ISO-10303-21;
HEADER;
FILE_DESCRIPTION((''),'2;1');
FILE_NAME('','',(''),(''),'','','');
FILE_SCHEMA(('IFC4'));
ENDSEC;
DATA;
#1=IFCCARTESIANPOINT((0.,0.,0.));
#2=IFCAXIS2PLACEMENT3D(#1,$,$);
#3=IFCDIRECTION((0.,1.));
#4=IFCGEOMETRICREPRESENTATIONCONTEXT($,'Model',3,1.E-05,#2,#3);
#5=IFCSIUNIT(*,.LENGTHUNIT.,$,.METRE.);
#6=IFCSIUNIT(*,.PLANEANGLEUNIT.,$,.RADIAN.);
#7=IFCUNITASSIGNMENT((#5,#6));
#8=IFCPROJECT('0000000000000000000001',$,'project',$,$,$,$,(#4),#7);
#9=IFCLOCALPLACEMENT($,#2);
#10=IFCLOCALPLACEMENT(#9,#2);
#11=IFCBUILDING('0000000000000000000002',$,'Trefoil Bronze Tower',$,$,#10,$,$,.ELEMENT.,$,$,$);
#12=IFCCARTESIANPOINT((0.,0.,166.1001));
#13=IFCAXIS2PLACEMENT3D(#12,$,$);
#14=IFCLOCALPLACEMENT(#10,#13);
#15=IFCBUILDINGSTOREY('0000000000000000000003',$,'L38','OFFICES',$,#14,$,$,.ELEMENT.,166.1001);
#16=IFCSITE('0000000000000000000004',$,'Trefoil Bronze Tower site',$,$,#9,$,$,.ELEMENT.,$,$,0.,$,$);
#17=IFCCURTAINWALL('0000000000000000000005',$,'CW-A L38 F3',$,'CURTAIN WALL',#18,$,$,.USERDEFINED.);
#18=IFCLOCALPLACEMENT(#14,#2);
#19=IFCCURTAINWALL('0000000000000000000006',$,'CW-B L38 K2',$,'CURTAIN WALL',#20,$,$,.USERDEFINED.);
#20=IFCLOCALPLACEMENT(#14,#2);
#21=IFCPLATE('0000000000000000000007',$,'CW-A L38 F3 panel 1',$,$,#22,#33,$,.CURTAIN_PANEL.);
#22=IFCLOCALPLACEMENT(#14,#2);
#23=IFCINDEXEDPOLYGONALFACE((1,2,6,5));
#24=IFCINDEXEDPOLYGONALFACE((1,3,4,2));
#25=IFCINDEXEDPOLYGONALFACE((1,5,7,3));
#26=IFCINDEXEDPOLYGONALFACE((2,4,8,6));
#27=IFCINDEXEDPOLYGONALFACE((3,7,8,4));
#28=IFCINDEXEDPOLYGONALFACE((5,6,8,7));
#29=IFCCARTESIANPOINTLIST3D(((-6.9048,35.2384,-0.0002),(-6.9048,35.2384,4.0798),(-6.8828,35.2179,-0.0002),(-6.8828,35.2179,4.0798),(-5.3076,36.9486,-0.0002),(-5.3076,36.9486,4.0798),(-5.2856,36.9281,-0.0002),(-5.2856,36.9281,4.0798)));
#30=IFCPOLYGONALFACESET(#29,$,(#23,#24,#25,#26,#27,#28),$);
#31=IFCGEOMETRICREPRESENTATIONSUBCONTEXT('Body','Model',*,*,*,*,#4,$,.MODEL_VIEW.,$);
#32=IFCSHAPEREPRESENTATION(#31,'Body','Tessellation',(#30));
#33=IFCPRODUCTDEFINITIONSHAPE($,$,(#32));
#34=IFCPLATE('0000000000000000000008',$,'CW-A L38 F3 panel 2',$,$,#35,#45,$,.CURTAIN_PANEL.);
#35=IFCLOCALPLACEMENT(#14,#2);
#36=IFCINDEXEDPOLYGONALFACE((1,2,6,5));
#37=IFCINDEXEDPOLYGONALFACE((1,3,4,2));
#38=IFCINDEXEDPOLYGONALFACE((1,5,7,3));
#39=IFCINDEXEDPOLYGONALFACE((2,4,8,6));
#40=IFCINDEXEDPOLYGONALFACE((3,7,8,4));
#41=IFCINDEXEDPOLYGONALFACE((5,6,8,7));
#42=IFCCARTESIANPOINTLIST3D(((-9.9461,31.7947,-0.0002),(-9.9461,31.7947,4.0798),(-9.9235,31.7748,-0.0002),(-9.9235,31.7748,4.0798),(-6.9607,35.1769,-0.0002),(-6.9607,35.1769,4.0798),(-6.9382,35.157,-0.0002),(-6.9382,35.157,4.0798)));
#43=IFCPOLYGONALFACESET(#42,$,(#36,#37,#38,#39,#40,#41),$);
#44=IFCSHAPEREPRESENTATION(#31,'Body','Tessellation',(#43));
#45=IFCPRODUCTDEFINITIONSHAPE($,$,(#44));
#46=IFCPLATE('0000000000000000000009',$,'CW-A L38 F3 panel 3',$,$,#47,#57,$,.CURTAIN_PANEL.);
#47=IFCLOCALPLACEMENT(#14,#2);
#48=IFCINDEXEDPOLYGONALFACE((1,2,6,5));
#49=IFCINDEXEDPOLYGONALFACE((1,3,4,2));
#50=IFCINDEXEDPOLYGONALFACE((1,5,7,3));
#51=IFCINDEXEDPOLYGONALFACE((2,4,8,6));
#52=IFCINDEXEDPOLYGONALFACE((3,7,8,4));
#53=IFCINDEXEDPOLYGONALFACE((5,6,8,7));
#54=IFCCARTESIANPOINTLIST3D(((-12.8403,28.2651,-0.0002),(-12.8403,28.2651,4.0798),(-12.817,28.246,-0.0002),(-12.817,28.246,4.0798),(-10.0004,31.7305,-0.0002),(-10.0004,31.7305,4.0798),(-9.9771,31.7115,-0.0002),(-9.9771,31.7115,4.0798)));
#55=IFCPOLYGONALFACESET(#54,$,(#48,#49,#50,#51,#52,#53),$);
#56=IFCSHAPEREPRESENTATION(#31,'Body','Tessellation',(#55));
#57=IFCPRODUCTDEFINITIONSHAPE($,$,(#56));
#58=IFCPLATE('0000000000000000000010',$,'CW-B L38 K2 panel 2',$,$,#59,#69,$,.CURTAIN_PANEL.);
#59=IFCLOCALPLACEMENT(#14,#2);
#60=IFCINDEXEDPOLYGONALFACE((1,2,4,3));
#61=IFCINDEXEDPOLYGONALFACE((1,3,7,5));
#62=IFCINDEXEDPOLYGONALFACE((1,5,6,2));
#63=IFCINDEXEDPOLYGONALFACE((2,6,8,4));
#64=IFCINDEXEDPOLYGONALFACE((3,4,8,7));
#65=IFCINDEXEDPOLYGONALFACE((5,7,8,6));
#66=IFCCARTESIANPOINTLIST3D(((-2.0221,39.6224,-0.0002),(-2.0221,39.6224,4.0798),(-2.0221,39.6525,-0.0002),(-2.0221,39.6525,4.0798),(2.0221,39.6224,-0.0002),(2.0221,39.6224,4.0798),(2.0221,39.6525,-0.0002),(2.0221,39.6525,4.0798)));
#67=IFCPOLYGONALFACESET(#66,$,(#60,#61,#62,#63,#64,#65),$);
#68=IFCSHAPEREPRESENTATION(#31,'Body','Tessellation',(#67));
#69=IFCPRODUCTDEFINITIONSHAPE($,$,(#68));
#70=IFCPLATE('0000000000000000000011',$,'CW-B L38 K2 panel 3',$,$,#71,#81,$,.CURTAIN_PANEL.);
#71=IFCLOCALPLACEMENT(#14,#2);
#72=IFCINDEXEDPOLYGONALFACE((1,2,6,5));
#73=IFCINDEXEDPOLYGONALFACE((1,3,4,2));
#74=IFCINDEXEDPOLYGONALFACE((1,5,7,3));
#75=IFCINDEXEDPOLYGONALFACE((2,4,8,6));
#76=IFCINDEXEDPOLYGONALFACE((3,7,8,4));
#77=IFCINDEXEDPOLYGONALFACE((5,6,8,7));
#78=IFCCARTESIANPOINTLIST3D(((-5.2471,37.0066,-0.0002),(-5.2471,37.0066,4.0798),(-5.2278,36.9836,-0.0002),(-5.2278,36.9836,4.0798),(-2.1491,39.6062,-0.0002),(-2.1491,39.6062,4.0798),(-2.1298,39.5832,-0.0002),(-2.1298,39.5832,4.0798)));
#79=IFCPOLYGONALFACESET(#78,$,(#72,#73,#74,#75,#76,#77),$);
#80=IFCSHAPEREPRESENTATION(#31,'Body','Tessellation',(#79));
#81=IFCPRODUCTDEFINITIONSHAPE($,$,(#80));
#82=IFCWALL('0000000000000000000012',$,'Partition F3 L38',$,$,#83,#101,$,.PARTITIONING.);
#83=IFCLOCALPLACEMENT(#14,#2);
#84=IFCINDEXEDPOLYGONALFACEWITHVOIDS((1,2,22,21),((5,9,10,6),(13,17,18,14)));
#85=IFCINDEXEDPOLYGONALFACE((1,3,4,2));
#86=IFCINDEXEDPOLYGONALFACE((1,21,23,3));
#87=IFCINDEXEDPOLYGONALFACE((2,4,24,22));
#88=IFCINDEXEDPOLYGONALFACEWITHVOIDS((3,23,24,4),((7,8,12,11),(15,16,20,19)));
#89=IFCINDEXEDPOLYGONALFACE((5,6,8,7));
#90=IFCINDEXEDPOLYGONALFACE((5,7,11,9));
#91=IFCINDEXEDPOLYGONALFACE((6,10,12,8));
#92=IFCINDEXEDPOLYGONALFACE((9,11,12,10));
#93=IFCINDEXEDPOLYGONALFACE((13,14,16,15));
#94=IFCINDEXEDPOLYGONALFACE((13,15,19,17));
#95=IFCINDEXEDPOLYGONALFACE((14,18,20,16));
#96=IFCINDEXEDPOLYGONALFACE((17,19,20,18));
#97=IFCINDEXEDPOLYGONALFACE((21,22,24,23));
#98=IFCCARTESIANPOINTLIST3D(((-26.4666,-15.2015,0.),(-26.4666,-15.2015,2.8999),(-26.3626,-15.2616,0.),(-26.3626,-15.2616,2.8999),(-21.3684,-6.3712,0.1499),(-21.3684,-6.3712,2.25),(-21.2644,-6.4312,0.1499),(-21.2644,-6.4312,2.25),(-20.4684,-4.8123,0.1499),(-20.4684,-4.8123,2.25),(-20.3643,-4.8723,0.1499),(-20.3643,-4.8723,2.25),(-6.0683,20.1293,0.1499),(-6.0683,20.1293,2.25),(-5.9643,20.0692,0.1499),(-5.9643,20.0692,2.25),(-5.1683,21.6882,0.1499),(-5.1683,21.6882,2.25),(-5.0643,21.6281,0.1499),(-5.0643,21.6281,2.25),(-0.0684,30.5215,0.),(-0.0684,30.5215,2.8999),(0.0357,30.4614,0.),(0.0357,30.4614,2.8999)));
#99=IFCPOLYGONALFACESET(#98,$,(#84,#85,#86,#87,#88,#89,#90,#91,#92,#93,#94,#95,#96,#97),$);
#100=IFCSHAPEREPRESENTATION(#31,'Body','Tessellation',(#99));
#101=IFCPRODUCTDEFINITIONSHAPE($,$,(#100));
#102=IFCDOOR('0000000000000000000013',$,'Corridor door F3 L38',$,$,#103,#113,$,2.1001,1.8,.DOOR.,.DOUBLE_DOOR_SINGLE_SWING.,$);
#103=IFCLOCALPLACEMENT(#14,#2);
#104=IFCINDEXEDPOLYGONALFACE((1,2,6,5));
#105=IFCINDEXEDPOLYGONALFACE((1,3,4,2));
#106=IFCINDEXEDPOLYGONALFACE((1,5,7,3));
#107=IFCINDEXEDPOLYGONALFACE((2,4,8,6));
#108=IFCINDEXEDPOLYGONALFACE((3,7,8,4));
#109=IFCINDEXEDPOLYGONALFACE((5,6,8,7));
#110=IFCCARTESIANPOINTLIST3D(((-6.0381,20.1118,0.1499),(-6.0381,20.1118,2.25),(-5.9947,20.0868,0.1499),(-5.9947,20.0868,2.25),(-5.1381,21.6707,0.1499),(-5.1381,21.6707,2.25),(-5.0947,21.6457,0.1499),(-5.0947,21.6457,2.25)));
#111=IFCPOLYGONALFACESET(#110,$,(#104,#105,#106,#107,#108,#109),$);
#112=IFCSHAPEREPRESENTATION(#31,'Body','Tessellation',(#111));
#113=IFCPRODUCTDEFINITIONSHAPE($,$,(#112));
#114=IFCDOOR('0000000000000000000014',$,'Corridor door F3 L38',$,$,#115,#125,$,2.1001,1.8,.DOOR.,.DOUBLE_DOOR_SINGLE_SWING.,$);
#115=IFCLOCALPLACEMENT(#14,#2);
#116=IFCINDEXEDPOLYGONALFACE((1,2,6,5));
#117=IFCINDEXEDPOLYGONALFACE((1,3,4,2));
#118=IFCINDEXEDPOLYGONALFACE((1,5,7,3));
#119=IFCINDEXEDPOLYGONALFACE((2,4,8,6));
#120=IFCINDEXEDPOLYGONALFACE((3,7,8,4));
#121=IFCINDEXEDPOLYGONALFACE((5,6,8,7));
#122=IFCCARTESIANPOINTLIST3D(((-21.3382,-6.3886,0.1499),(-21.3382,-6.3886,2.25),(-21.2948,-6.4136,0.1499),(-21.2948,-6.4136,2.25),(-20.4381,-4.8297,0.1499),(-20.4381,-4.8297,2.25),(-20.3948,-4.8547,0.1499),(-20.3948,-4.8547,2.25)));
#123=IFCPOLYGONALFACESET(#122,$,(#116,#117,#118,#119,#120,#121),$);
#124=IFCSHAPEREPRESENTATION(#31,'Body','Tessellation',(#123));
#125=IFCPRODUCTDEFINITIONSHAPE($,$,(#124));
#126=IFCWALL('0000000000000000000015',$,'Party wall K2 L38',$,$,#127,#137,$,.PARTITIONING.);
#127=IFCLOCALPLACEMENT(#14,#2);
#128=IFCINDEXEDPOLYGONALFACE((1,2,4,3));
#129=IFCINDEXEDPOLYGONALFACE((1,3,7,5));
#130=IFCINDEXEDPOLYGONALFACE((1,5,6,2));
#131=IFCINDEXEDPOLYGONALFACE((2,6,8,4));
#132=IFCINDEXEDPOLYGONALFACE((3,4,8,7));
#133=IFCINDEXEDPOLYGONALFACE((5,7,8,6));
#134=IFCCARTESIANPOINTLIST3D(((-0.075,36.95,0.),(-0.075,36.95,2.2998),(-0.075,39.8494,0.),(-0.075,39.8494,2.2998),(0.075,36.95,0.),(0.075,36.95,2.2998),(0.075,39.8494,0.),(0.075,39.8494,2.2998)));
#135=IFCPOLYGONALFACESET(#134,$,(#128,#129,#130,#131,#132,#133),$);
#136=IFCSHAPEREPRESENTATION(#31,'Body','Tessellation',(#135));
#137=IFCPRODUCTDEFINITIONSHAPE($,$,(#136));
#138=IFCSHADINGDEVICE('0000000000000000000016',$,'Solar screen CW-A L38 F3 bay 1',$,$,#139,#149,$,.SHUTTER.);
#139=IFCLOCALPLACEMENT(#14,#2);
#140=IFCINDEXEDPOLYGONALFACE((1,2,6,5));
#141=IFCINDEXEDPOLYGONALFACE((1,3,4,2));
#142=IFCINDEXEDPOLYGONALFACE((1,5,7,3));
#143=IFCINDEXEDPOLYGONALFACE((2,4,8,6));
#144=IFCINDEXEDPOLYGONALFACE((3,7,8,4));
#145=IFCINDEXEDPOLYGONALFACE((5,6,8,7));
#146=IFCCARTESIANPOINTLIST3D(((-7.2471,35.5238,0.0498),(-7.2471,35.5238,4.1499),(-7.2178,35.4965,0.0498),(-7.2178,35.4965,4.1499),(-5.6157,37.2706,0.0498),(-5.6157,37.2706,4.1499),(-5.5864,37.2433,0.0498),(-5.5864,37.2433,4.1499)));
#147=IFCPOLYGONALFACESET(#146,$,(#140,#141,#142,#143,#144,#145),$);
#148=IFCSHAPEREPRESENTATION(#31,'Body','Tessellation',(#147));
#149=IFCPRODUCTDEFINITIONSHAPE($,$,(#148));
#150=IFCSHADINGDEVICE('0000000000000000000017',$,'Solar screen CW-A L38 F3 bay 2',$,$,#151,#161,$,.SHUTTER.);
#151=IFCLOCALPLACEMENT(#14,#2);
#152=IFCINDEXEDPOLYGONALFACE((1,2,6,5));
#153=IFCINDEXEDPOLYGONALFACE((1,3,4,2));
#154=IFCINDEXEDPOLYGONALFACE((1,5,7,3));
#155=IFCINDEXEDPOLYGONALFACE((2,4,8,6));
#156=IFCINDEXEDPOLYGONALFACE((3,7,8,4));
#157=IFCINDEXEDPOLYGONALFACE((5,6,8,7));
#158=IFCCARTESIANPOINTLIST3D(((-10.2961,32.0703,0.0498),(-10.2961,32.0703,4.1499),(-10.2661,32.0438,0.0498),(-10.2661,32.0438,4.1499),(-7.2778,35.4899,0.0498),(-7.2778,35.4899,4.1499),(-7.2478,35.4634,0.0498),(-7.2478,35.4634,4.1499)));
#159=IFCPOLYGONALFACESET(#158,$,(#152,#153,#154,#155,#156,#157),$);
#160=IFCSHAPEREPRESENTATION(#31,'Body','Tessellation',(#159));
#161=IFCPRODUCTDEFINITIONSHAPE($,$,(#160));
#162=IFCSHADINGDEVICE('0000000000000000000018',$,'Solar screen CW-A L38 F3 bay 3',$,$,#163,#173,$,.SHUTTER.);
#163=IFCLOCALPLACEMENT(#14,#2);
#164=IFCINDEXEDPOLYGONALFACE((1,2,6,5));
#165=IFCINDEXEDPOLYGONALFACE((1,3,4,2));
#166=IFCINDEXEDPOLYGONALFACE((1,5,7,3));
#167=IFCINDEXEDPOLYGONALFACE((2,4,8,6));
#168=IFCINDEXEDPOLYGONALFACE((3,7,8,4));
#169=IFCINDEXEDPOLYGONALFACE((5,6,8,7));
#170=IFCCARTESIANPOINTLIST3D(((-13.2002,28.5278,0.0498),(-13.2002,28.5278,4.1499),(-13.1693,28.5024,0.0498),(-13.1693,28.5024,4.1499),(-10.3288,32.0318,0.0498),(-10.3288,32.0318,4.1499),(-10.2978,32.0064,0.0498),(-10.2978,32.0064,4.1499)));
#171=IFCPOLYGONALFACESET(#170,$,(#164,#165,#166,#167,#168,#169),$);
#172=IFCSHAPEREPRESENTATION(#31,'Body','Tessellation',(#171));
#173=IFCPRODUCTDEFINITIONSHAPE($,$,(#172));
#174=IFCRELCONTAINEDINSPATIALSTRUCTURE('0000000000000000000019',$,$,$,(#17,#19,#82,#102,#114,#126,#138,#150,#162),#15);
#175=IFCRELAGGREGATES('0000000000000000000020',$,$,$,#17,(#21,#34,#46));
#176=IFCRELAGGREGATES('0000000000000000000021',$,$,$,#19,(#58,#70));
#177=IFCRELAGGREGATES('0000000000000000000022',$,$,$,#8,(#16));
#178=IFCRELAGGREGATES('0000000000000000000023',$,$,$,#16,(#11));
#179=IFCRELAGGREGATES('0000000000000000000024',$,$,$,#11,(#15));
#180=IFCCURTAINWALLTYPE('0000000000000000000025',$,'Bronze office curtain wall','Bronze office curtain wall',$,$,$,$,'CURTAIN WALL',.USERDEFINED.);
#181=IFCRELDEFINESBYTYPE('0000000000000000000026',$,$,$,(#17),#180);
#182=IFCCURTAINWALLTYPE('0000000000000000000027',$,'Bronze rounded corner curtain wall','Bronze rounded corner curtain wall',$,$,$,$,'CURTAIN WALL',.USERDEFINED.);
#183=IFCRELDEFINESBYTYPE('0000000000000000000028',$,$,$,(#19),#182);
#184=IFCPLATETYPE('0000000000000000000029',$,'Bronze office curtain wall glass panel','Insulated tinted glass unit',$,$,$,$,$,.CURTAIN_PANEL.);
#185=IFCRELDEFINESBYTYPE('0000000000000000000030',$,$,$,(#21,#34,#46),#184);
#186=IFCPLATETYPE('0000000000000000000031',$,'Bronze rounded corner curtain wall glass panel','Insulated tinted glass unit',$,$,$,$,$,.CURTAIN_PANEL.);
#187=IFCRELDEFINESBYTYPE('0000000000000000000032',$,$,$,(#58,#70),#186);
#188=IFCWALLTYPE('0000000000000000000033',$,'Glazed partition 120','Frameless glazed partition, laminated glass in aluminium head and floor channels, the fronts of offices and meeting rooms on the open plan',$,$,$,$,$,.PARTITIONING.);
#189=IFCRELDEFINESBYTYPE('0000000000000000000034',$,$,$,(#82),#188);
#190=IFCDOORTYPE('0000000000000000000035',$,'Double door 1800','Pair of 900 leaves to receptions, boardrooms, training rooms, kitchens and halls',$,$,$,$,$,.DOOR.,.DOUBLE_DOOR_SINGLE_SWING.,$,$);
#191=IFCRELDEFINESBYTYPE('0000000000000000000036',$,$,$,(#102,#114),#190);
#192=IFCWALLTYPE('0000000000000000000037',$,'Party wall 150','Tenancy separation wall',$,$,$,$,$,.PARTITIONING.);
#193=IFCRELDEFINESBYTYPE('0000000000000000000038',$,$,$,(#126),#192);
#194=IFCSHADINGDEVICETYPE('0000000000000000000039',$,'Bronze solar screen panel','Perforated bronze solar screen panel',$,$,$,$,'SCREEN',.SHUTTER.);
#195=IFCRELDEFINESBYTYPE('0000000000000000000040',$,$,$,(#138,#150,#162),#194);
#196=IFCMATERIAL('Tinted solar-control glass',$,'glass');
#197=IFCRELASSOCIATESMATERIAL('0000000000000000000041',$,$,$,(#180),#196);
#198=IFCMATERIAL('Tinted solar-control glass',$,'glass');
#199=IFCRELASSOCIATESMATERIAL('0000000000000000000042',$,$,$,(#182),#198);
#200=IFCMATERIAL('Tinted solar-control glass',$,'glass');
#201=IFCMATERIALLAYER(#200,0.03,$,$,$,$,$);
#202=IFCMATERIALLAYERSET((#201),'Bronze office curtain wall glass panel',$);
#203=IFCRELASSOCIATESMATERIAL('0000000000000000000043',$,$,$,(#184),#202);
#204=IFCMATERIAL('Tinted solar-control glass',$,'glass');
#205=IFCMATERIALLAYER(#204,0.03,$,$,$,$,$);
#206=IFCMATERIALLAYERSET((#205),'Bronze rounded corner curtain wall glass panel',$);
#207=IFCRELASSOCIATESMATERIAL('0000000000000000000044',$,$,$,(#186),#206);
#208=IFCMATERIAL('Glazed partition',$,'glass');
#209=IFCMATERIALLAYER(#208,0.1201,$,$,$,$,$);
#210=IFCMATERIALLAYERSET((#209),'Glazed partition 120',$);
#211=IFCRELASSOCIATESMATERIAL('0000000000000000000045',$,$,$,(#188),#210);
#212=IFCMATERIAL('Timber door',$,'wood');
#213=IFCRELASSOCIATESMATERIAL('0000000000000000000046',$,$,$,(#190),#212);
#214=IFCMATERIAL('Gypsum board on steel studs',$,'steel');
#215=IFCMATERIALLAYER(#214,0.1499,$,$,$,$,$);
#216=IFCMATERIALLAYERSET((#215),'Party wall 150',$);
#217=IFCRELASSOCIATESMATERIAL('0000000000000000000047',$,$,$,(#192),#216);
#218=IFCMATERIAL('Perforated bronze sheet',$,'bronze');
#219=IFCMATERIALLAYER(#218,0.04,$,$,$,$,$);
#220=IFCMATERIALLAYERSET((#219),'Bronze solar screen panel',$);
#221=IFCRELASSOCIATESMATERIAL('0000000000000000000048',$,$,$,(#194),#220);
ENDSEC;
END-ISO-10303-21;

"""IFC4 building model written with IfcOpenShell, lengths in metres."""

from ifc_helpers import new_model, si_unit, direction, frame, frame_2d, origin, origin_2d, place, context, subcontext, project, spatial, rectangle, extrude, material, layer, layer_set, type_object, element, fill, aggregate, save


model = new_model("IFC4")

# Units and contexts
model_context = context("Model", 3, precision=1e-05, world=origin(), true_north=direction((0.0, 1.0)))
body_context = subcontext(model_context, "Body", "Model", "MODEL_VIEW")
ifc_project = project(units=[si_unit("LENGTHUNIT", "METRE"), si_unit("PLANEANGLEUNIT", "RADIAN")], contexts=[model_context])

# Site, building, storey
site_placement = place(None, origin())
site = spatial("IfcSite", under=ifc_project, at=site_placement, Name="Trefoil Bronze Tower site", CompositionType="ELEMENT", RefElevation=0.0)
building_placement = place(site_placement, origin())
building = spatial("IfcBuilding", under=site, at=building_placement, Name="Trefoil Bronze Tower", CompositionType="ELEMENT")
storey_placement = place(building_placement, frame((0.0, 0.0, 166.1001)))
storey = spatial("IfcBuildingStorey", under=building, at=storey_placement, Name="L38", Description="OFFICES", CompositionType="ELEMENT", Elevation=166.1001)

# Curtain walls
ifc_material_1 = material(Name="Tinted solar-control glass", Category="glass")
curtain_wall_type_1 = type_object("IfcCurtainWallType", Name="Bronze office curtain wall", Description="Bronze office curtain wall", ElementType="CURTAIN WALL", PredefinedType="USERDEFINED", material=ifc_material_1)
curtain_wall_1_placement = place(storey_placement, origin())
curtain_wall_1 = element("IfcCurtainWall", 1, at=curtain_wall_1_placement, inside=storey, type_object=curtain_wall_type_1, Name="CW-A L38 F3", ObjectType="CURTAIN WALL", PredefinedType="USERDEFINED")
ifc_material_2 = material(Name="Tinted solar-control glass", Category="glass")
curtain_wall_type_2 = type_object("IfcCurtainWallType", Name="Bronze rounded corner curtain wall", Description="Bronze rounded corner curtain wall", ElementType="CURTAIN WALL", PredefinedType="USERDEFINED", material=ifc_material_2)
curtain_wall_2_placement = place(storey_placement, origin())
curtain_wall_2 = element("IfcCurtainWall", 2, at=curtain_wall_2_placement, inside=storey, type_object=curtain_wall_type_2, Name="CW-B L38 K2", ObjectType="CURTAIN WALL", PredefinedType="USERDEFINED")

# Plates
ifc_material_3 = material(Name="Tinted solar-control glass", Category="glass")
ifc_layer_1 = layer(ifc_material_3, 0.03)
ifc_layer_set_1 = layer_set([ifc_layer_1], Name="Bronze office curtain wall glass panel")
plate_type_1 = type_object("IfcPlateType", Name="Bronze office curtain wall glass panel", Description="Insulated tinted glass unit", PredefinedType="CURTAIN_PANEL", material=ifc_layer_set_1)
plate_1_placement = place(storey_placement, frame((-6.0952, 36.0833, -0.0002), z_axis=(0.0, 0.0, 1.0), x_axis=(-0.682536, -0.730852, 0.0)))
plate_1 = element("IfcPlate", 3, at=plate_1_placement, type_object=plate_type_1, Name="CW-A L38 F3 panel 1", PredefinedType="CURTAIN_PANEL", context=body_context, shape_type="SweptSolid", body=[
    extrude(rectangle(XDim=2.3401, YDim=0.03, at=origin_2d()), origin(), (0.0, 0.0, 1.0), 4.0801),
])
plate_2_placement = place(storey_placement, frame((-8.4421, 33.4758, -0.0002), z_axis=(0.0, 0.0, 1.0), x_axis=(-0.661751, -0.749723, 0.0)))
plate_2 = element("IfcPlate", 4, at=plate_2_placement, type_object=plate_type_1, Name="CW-A L38 F3 panel 2", PredefinedType="CURTAIN_PANEL", context=body_context, shape_type="SweptSolid", body=[
    extrude(rectangle(XDim=4.5112, YDim=0.03, at=origin_2d()), origin(), (0.0, 0.0, 1.0), 4.0801),
])
plate_3_placement = place(storey_placement, frame((-11.4087, 29.9883, -0.0002), z_axis=(0.0, 0.0, 1.0), x_axis=(-0.63384, -0.773464, 0.0)))
plate_3 = element("IfcPlate", 5, at=plate_3_placement, type_object=plate_type_1, Name="CW-A L38 F3 panel 3", PredefinedType="CURTAIN_PANEL", context=body_context, shape_type="SweptSolid", body=[
    extrude(rectangle(XDim=4.4805, YDim=0.03, at=origin_2d()), origin(), (0.0, 0.0, 1.0), 4.0801),
])
aggregate(curtain_wall_1, [plate_1, plate_2, plate_3])
ifc_material_4 = material(Name="Tinted solar-control glass", Category="glass")
ifc_layer_2 = layer(ifc_material_4, 0.03)
ifc_layer_set_2 = layer_set([ifc_layer_2], Name="Bronze rounded corner curtain wall glass panel")
plate_type_2 = type_object("IfcPlateType", Name="Bronze rounded corner curtain wall glass panel", Description="Insulated tinted glass unit", PredefinedType="CURTAIN_PANEL", material=ifc_layer_set_2)
plate_4_placement = place(storey_placement, frame((0.0, 39.6375, -0.0002), z_axis=(0.0, 0.0, 1.0), x_axis=(-1.0, 0.0, 0.0)))
plate_4 = element("IfcPlate", 6, at=plate_4_placement, type_object=plate_type_2, Name="CW-B L38 K2 panel 2", PredefinedType="CURTAIN_PANEL", context=body_context, shape_type="SweptSolid", body=[
    extrude(rectangle(XDim=4.0442, YDim=0.03, at=origin_2d()), origin(), (0.0, 0.0, 1.0), 4.0801),
])
plate_5_placement = place(storey_placement, frame((-3.6885, 38.2949, -0.0002), z_axis=(0.0, 0.0, 1.0), x_axis=(-0.766044, -0.642788, 0.0)))
plate_5 = element("IfcPlate", 7, at=plate_5_placement, type_object=plate_type_2, Name="CW-B L38 K2 panel 3", PredefinedType="CURTAIN_PANEL", context=body_context, shape_type="SweptSolid", body=[
    extrude(rectangle(XDim=4.0442, YDim=0.03, at=origin_2d()), origin(), (0.0, 0.0, 1.0), 4.0801),
])
aggregate(curtain_wall_2, [plate_4, plate_5])

# Wall, openings, doors
ifc_material_5 = material(Name="Glazed partition", Category="glass")
ifc_layer_3 = layer(ifc_material_5, 0.1201)
ifc_layer_set_3 = layer_set([ifc_layer_3], Name="Glazed partition 120")
wall_type_1 = type_object("IfcWallType", Name="Glazed partition 120", Description="Frameless glazed partition, laminated glass in aluminium head and floor channels, the fronts of offices and meeting rooms on the open plan", PredefinedType="PARTITIONING", material=ifc_layer_set_3)
wall_1_placement = place(storey_placement, frame((-0.0164, 30.4915, 0.0), z_axis=(0.0, 0.0, 1.0), x_axis=(-0.500001, -0.866025, 0.0)))
wall_1 = element("IfcWall", 8, at=wall_1_placement, inside=storey, type_object=wall_type_1, Name="Partition F3 L38", PredefinedType="PARTITIONING", context=body_context, shape_type="SweptSolid", body=[
    extrude(rectangle(XDim=52.7964, YDim=0.1201, at=frame_2d((26.3982, 0.0))), origin(), (0.0, 0.0, 1.0), 2.8999),
])
opening_1_placement = place(wall_1_placement, frame((10.2, 0.0, 0.1499)))
opening_1 = element("IfcOpeningElement", 9, at=opening_1_placement, cuts=wall_1, PredefinedType="OPENING", context=body_context, shape_type="SweptSolid", body=[
    extrude(rectangle(XDim=1.8, YDim=2.1001, at=frame_2d((0.8999, 1.05))), frame((0.0, 0.0701, 0.0), z_axis=(0.0, -1.0, 0.0), x_axis=(1.0, 0.0, 0.0)), (0.0, 0.0, 1.0), 0.1401),
])
opening_2_placement = place(wall_1_placement, frame((40.8, 0.0, 0.1499)))
opening_2 = element("IfcOpeningElement", 10, at=opening_2_placement, cuts=wall_1, PredefinedType="OPENING", context=body_context, shape_type="SweptSolid", body=[
    extrude(rectangle(XDim=1.8, YDim=2.1001, at=frame_2d((0.8999, 1.05))), frame((0.0, 0.0701, 0.0), z_axis=(0.0, -1.0, 0.0), x_axis=(1.0, 0.0, 0.0)), (0.0, 0.0, 1.0), 0.1401),
])
ifc_material_6 = material(Name="Timber door", Category="wood")
door_type = type_object("IfcDoorType", Name="Double door 1800", Description="Pair of 900 leaves to receptions, boardrooms, training rooms, kitchens and halls", OperationType="DOUBLE_DOOR_SINGLE_SWING", PredefinedType="DOOR", material=ifc_material_6)
door_1_placement = place(opening_1_placement, origin())
door_1 = element("IfcDoor", 11, at=door_1_placement, inside=storey, type_object=door_type, Name="Corridor door F3 L38", OperationType="DOUBLE_DOOR_SINGLE_SWING", OverallHeight=2.1001, OverallWidth=1.8, PredefinedType="DOOR", context=body_context, shape_type="SweptSolid", body=[
    extrude(rectangle(XDim=1.8, YDim=2.1001, at=frame_2d((0.8999, 1.05))), frame((0.0, 0.0249, 0.0), z_axis=(0.0, -1.0, 0.0), x_axis=(1.0, 0.0, 0.0)), (0.0, 0.0, 1.0), 0.05),
])
fill(opening_1, door_1)
door_2_placement = place(opening_2_placement, origin())
door_2 = element("IfcDoor", 12, at=door_2_placement, inside=storey, type_object=door_type, Name="Corridor door F3 L38", OperationType="DOUBLE_DOOR_SINGLE_SWING", OverallHeight=2.1001, OverallWidth=1.8, PredefinedType="DOOR", context=body_context, shape_type="SweptSolid", body=[
    extrude(rectangle(XDim=1.8, YDim=2.1001, at=frame_2d((0.8999, 1.05))), frame((0.0, 0.0249, 0.0), z_axis=(0.0, -1.0, 0.0), x_axis=(1.0, 0.0, 0.0)), (0.0, 0.0, 1.0), 0.05),
])
fill(opening_2, door_2)

# Wall
ifc_material_7 = material(Name="Gypsum board on steel studs", Category="steel")
ifc_layer_4 = layer(ifc_material_7, 0.1499)
ifc_layer_set_4 = layer_set([ifc_layer_4], Name="Party wall 150")
wall_type_2 = type_object("IfcWallType", Name="Party wall 150", Description="Tenancy separation wall", PredefinedType="PARTITIONING", material=ifc_layer_set_4)
wall_2_placement = place(storey_placement, frame((0.0, 36.95, 0.0), z_axis=(0.0, 0.0, 1.0), x_axis=(0.0, 1.0, 0.0)))
element("IfcWall", 13, at=wall_2_placement, inside=storey, type_object=wall_type_2, Name="Party wall K2 L38", PredefinedType="PARTITIONING", context=body_context, shape_type="SweptSolid", body=[
    extrude(rectangle(XDim=2.8994, YDim=0.1499, at=frame_2d((1.4497, 0.0))), origin(), (0.0, 0.0, 1.0), 2.2998),
])

# Shading devices
ifc_material_8 = material(Name="Perforated bronze sheet", Category="bronze")
ifc_layer_5 = layer(ifc_material_8, 0.04)
ifc_layer_set_5 = layer_set([ifc_layer_5], Name="Bronze solar screen panel")
shading_device_type = type_object("IfcShadingDeviceType", Name="Bronze solar screen panel", Description="Perforated bronze solar screen panel", ElementType="SCREEN", PredefinedType="SHUTTER", material=ifc_layer_set_5)
shading_device_1_placement = place(storey_placement, frame((-6.4167, 36.3835, 0.0498), z_axis=(0.0, 0.0, 1.0), x_axis=(-0.682536, -0.730852, 0.0)))
element("IfcShadingDevice", 14, at=shading_device_1_placement, inside=storey, type_object=shading_device_type, Name="Solar screen CW-A L38 F3 bay 1", PredefinedType="SHUTTER", context=body_context, shape_type="SweptSolid", body=[
    extrude(rectangle(XDim=2.3901, YDim=0.04, at=origin_2d()), origin(), (0.0, 0.0, 1.0), 4.1001),
])
shading_device_2_placement = place(storey_placement, frame((-8.772, 33.7668, 0.0498), z_axis=(0.0, 0.0, 1.0), x_axis=(-0.661751, -0.749723, 0.0)))
element("IfcShadingDevice", 15, at=shading_device_2_placement, inside=storey, type_object=shading_device_type, Name="Solar screen CW-A L38 F3 bay 2", PredefinedType="SHUTTER", context=body_context, shape_type="SweptSolid", body=[
    extrude(rectangle(XDim=4.561, YDim=0.04, at=origin_2d()), origin(), (0.0, 0.0, 1.0), 4.1001),
])
shading_device_3_placement = place(storey_placement, frame((-11.749, 30.2671, 0.0498), z_axis=(0.0, 0.0, 1.0), x_axis=(-0.63384, -0.773464, 0.0)))
element("IfcShadingDevice", 16, at=shading_device_3_placement, inside=storey, type_object=shading_device_type, Name="Solar screen CW-A L38 F3 bay 3", PredefinedType="SHUTTER", context=body_context, shape_type="SweptSolid", body=[
    extrude(rectangle(XDim=4.5303, YDim=0.04, at=origin_2d()), origin(), (0.0, 0.0, 1.0), 4.1001),
])

save(model, "model.ifc")
